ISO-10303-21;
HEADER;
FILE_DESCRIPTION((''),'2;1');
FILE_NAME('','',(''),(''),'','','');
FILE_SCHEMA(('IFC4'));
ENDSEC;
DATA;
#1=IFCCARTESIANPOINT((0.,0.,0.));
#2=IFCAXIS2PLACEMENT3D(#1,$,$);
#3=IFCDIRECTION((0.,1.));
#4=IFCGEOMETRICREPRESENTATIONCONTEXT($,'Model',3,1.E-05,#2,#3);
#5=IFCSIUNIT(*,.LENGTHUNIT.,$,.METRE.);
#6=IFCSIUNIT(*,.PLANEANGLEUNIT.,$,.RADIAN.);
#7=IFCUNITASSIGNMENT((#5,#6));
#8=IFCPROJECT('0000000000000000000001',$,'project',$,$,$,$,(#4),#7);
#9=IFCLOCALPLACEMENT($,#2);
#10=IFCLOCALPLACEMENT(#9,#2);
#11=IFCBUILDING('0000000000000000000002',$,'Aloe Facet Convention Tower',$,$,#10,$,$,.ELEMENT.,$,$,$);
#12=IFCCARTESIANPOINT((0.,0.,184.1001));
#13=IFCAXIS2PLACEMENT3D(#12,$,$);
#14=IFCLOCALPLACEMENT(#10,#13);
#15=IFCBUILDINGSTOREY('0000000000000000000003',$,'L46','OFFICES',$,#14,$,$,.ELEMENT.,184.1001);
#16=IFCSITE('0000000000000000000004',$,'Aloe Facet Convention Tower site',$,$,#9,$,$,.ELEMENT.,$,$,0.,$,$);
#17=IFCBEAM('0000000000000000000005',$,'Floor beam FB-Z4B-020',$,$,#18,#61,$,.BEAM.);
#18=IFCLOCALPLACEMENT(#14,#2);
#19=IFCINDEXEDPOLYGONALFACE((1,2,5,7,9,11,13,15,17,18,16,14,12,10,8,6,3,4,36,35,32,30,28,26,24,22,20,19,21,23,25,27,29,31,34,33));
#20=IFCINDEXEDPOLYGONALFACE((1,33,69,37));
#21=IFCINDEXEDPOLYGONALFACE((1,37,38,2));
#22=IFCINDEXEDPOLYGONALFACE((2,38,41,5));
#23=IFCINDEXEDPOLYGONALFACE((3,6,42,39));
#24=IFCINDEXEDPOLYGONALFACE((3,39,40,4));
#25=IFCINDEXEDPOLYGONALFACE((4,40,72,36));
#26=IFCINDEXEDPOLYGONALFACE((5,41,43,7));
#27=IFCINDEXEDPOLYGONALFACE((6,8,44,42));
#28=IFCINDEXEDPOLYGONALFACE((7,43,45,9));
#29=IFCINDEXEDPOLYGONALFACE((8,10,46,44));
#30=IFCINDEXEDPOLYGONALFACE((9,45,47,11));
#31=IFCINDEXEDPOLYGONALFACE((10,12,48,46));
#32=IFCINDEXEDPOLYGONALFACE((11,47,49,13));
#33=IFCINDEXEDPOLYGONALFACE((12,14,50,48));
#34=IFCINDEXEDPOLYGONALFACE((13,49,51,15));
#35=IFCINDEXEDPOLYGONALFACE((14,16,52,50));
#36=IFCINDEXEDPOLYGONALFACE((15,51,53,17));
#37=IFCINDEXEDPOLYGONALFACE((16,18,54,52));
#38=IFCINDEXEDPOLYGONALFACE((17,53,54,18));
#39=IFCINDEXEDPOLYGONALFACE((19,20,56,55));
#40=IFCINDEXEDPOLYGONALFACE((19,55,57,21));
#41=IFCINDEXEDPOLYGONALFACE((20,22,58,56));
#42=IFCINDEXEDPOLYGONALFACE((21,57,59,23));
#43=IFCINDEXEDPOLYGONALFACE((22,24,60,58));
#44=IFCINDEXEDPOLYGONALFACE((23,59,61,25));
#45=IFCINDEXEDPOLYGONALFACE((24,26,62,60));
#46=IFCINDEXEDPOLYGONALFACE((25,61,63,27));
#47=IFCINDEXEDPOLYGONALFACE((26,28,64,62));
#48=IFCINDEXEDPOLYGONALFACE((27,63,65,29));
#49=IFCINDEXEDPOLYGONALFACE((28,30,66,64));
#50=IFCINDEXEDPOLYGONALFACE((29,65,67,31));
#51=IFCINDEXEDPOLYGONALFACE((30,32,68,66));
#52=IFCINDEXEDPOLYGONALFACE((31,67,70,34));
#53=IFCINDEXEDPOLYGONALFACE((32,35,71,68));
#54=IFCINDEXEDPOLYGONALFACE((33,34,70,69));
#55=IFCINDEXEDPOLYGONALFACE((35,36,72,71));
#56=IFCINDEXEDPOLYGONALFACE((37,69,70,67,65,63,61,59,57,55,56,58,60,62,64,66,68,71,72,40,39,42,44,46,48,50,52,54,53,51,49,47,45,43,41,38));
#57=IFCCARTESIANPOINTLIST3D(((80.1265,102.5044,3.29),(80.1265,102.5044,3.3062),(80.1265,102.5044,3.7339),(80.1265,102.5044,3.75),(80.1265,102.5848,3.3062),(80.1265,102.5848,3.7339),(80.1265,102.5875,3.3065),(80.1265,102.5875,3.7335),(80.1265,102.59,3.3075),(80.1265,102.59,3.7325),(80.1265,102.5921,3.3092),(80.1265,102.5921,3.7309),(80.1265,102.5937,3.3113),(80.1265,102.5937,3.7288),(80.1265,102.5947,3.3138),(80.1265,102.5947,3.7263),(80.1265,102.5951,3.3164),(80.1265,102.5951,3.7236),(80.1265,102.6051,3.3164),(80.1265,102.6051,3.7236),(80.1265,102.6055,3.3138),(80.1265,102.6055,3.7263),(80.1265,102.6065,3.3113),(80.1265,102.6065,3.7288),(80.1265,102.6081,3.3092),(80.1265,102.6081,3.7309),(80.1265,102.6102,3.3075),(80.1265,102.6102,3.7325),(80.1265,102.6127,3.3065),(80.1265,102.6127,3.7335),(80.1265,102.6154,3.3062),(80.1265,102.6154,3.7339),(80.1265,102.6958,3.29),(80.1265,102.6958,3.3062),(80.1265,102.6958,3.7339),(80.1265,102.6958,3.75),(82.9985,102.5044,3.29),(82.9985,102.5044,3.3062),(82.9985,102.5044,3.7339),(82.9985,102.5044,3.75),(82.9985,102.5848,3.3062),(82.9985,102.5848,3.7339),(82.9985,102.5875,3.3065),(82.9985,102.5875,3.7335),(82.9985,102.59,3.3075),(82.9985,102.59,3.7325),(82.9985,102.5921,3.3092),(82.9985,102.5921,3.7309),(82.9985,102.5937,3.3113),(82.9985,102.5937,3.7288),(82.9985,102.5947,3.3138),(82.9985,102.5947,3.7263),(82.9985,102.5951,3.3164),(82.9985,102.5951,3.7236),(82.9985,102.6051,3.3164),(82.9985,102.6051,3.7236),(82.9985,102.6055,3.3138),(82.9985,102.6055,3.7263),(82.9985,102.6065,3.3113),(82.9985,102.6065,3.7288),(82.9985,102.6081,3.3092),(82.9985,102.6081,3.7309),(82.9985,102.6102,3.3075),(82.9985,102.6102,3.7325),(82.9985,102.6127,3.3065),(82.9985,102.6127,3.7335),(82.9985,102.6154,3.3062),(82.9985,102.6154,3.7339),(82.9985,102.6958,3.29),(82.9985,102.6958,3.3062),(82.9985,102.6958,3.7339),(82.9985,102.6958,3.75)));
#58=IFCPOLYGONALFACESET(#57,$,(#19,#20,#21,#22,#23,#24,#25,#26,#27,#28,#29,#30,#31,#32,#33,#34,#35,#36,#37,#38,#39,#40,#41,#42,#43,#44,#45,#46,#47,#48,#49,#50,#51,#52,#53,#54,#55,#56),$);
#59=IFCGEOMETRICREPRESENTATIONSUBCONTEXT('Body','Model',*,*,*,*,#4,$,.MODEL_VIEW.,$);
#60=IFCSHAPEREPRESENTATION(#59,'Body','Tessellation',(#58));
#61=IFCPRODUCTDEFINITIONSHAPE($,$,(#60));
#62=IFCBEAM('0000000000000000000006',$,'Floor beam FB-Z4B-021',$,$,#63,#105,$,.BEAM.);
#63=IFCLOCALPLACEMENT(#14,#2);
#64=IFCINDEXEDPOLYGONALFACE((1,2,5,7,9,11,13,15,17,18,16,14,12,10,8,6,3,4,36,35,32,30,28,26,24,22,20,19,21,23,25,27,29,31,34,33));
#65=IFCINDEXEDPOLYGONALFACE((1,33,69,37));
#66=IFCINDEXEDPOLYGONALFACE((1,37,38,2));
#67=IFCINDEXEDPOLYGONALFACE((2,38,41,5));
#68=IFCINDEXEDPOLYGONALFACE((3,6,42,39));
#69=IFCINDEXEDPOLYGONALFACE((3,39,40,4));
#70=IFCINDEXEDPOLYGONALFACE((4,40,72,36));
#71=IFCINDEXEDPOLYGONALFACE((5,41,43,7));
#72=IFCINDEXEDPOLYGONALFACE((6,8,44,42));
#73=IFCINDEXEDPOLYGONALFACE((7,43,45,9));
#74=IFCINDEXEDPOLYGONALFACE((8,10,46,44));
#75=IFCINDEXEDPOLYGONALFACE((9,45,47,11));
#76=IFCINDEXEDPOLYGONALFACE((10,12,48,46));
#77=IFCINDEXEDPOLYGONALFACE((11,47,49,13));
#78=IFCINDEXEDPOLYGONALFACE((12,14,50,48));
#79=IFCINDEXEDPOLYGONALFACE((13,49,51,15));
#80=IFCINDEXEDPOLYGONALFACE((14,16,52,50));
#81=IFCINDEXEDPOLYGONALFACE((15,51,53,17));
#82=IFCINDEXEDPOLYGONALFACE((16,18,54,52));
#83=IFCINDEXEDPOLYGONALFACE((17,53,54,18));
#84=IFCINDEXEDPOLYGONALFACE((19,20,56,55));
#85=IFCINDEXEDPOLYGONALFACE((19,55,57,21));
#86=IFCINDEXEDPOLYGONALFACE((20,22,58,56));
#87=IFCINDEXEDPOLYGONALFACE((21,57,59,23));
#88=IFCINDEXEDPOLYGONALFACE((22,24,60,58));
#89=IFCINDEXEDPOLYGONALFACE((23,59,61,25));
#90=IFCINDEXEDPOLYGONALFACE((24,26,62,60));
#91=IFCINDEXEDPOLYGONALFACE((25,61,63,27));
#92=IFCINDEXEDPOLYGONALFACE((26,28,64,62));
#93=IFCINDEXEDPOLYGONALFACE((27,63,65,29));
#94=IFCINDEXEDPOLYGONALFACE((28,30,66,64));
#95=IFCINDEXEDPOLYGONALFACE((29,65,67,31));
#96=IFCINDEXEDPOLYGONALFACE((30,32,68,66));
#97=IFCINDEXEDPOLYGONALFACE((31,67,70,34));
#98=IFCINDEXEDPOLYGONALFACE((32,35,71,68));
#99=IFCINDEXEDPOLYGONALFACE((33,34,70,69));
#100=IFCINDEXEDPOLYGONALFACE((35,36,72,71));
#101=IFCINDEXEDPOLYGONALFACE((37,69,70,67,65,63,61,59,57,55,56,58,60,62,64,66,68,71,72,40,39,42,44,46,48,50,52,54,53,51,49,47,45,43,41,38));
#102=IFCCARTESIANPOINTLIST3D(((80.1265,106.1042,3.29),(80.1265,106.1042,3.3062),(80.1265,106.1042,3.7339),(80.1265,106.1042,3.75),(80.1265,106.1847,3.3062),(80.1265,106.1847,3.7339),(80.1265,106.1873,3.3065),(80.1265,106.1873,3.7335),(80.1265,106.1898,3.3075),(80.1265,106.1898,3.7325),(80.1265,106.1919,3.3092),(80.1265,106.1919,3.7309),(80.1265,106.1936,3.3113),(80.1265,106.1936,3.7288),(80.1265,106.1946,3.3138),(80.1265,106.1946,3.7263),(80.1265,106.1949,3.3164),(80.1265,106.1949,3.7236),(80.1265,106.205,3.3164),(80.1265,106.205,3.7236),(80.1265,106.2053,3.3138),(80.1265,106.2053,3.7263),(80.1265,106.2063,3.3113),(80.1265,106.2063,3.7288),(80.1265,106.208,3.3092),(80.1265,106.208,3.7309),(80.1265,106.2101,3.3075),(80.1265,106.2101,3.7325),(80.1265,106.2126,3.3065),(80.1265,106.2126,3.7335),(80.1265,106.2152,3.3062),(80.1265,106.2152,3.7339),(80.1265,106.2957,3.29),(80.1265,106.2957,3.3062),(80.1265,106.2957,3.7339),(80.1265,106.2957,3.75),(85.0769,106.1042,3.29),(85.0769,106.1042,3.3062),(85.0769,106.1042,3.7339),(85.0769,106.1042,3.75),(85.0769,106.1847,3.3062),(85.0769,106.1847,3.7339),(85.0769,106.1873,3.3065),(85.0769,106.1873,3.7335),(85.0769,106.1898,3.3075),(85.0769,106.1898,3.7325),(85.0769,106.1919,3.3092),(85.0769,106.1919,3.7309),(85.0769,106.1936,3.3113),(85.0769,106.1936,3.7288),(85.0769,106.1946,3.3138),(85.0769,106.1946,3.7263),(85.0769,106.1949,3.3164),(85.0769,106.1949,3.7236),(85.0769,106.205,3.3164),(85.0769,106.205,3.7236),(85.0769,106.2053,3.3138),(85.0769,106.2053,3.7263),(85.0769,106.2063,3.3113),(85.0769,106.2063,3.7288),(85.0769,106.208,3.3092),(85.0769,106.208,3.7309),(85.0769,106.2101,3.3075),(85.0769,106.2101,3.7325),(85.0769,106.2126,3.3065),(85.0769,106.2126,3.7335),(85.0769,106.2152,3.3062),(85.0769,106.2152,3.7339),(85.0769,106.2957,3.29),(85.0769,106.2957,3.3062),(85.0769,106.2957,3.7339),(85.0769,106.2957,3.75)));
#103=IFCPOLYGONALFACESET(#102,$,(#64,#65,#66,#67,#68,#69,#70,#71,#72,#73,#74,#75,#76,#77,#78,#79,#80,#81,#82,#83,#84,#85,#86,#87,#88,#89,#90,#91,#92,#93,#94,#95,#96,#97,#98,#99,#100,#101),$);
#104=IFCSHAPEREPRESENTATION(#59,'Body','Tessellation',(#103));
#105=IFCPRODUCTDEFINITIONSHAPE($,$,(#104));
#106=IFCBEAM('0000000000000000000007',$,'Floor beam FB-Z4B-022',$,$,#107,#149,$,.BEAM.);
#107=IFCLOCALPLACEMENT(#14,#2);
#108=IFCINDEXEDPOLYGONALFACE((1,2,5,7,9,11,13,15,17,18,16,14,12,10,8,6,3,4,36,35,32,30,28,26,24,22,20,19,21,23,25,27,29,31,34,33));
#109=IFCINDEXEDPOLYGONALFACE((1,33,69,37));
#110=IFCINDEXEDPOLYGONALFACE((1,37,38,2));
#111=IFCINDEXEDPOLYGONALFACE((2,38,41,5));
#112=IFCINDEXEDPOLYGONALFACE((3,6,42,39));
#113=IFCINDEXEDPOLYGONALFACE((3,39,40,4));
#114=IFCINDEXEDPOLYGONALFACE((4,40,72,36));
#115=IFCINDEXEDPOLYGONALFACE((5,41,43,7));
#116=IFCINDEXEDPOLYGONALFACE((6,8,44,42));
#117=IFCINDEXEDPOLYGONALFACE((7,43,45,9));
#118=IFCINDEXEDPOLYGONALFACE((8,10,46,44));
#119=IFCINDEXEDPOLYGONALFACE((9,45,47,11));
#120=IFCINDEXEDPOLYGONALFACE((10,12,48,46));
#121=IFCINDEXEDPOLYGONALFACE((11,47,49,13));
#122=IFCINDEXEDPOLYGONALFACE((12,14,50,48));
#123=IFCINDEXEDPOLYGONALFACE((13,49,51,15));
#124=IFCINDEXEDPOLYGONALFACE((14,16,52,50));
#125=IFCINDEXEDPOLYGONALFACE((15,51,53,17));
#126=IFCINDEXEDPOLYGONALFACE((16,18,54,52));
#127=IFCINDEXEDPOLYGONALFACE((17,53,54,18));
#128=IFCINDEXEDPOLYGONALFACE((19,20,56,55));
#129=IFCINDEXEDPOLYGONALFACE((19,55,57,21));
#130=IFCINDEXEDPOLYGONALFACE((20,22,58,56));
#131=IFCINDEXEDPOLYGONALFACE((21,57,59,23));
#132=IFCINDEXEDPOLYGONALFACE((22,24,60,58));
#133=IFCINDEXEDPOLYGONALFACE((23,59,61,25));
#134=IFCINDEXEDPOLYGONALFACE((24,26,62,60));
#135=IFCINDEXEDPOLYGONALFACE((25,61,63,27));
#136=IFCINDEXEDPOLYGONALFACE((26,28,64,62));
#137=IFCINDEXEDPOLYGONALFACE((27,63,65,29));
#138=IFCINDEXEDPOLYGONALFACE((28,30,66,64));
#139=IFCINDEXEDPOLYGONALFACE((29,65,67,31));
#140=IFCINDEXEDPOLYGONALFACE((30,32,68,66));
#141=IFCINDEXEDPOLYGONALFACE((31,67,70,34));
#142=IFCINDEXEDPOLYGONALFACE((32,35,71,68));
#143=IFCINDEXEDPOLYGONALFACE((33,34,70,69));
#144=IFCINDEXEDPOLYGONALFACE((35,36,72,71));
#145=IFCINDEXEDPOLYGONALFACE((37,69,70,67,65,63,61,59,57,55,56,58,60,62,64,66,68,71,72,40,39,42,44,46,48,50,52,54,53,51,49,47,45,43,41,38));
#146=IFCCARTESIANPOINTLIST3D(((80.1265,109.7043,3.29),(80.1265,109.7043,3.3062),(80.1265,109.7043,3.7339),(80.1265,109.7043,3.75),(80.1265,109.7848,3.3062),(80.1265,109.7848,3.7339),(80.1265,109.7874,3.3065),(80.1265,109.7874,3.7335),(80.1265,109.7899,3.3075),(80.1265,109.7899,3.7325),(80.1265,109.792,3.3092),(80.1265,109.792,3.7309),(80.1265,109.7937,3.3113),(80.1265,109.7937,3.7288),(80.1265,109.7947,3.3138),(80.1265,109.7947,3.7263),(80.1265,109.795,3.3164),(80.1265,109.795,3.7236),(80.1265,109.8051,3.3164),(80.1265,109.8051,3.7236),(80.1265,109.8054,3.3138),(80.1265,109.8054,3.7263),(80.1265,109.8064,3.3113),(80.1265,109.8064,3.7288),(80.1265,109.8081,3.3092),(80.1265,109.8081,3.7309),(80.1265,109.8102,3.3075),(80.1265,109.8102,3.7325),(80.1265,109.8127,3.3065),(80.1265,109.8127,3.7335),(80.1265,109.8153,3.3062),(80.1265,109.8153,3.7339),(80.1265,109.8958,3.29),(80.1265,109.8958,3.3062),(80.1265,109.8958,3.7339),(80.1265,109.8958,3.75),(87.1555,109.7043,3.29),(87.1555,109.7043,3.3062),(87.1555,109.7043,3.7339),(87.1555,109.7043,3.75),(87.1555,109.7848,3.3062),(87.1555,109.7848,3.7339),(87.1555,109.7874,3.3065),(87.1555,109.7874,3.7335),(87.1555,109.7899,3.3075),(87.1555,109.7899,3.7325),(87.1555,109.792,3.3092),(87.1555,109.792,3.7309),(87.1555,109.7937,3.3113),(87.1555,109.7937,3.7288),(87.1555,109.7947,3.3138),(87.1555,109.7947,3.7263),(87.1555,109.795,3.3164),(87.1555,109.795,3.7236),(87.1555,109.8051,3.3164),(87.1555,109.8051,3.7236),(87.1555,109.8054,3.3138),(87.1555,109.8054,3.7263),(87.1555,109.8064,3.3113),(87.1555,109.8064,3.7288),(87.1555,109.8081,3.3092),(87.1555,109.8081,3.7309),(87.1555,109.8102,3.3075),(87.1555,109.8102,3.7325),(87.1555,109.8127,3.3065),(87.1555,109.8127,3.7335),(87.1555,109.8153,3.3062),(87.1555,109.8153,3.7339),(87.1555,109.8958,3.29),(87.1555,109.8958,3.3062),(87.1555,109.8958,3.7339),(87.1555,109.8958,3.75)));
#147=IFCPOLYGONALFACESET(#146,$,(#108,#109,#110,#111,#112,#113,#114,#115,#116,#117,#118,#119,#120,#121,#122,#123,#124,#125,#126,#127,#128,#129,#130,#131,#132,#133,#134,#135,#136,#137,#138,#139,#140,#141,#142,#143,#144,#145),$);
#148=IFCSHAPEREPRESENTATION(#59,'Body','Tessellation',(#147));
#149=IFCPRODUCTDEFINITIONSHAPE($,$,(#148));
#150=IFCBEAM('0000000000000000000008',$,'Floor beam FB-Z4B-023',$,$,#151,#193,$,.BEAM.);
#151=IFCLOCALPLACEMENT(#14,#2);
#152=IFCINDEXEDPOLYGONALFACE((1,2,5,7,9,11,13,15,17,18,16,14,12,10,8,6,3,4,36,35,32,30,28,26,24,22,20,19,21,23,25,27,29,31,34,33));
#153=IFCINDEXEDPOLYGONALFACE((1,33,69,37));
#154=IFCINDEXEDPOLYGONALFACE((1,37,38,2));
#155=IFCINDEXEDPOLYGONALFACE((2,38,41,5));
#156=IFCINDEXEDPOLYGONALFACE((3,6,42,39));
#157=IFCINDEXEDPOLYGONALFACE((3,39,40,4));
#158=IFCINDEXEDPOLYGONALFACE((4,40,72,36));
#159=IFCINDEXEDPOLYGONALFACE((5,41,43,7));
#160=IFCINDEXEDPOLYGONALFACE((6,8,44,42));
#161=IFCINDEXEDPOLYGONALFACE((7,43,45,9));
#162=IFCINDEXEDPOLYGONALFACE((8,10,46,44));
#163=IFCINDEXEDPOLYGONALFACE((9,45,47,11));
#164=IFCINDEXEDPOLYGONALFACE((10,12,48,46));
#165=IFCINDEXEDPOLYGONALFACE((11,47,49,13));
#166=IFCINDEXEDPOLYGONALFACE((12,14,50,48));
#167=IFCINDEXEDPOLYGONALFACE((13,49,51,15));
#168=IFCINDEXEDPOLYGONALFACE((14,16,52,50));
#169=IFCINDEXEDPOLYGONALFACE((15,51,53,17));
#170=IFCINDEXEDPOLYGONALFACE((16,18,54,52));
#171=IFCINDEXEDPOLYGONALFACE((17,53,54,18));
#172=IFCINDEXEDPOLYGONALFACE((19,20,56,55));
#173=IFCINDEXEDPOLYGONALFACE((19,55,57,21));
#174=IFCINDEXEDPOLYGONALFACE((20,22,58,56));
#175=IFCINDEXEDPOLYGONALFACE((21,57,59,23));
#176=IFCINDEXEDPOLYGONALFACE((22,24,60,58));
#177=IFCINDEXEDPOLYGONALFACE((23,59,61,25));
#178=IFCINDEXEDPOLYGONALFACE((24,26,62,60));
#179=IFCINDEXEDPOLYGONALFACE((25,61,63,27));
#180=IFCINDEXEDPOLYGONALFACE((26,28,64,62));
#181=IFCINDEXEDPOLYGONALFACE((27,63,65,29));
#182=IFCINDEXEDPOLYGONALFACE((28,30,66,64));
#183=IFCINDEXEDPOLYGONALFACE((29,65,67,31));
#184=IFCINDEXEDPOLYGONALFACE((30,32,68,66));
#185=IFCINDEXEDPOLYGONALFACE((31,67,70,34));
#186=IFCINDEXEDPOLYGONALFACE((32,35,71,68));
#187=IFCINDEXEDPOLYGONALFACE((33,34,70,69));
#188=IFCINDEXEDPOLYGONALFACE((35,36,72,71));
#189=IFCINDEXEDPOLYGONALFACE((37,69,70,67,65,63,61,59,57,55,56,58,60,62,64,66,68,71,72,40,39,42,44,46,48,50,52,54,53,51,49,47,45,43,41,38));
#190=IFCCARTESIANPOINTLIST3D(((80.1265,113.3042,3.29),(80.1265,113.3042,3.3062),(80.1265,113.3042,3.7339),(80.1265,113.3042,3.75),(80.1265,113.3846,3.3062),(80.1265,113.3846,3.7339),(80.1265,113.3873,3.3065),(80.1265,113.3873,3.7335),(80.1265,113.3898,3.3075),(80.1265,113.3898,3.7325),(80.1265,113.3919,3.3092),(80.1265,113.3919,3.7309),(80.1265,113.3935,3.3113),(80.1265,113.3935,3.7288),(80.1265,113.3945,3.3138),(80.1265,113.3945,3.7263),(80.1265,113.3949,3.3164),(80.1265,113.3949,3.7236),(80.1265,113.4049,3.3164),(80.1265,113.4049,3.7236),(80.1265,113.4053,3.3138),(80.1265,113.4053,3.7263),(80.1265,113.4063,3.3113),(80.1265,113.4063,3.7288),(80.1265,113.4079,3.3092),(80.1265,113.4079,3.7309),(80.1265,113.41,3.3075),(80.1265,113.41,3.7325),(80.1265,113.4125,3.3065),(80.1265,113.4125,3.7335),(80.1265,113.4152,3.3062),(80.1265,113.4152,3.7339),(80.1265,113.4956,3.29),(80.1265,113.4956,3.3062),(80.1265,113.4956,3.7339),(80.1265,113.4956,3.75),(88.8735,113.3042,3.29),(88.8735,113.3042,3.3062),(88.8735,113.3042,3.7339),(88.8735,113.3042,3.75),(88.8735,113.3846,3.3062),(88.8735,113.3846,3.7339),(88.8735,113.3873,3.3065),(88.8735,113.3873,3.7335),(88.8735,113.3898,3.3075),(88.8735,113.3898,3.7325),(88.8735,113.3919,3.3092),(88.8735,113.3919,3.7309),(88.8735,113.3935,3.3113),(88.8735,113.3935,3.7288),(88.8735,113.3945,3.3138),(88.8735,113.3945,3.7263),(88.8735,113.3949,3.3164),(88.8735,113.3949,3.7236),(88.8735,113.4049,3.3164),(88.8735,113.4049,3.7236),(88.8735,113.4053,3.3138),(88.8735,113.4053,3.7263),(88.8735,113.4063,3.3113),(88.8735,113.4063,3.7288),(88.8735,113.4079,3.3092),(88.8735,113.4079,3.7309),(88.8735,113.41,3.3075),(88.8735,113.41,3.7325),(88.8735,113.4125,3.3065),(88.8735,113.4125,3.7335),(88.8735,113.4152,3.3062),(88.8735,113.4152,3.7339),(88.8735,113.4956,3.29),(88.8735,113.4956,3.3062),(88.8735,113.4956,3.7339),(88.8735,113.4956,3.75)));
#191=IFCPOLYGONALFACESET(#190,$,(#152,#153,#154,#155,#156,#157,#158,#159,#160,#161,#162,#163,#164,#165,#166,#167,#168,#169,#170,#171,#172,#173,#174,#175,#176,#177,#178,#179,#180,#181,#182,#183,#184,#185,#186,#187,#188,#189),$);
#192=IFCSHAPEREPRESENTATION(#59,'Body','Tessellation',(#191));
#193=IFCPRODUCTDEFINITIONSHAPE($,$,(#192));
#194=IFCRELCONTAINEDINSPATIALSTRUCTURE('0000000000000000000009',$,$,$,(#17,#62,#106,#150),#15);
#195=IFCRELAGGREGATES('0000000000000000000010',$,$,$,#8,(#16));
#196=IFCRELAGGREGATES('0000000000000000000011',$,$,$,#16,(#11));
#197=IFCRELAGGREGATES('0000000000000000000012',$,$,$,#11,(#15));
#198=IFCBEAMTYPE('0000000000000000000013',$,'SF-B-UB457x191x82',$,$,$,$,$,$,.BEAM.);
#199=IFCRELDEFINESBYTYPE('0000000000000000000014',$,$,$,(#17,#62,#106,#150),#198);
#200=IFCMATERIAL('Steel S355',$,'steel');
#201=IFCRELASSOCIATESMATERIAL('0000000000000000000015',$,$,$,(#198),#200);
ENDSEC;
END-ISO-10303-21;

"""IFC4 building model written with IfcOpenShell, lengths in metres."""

from ifc_helpers import new_model, si_unit, direction, frame, origin, origin_2d, place, context, subcontext, project, spatial, i_section, extrude, material, material_profile, profile_set, type_object, element, save


model = new_model("IFC4")

# Units and contexts
model_context = context("Model", 3, precision=1e-05, world=origin(), true_north=direction((0.0, 1.0)))
body_context = subcontext(model_context, "Body", "Model", "MODEL_VIEW")
ifc_project = project(units=[si_unit("LENGTHUNIT", "METRE"), si_unit("PLANEANGLEUNIT", "RADIAN")], contexts=[model_context])

# Site, building, storey
site_placement = place(None, origin())
site = spatial("IfcSite", under=ifc_project, at=site_placement, Name="Aloe Facet Convention Tower site", CompositionType="ELEMENT", RefElevation=0.0)
building_placement = place(site_placement, origin())
building = spatial("IfcBuilding", under=site, at=building_placement, Name="Aloe Facet Convention Tower", CompositionType="ELEMENT")
storey_placement = place(building_placement, frame((0.0, 0.0, 184.1001)))
storey = spatial("IfcBuildingStorey", under=building, at=storey_placement, Name="L46", Description="OFFICES", CompositionType="ELEMENT", Elevation=184.1001)

# Beams
ifc_material_1 = material(Name="Steel S355", Category="steel")
ifc_material_profile_1 = material_profile(ifc_material_1, i_section(OverallWidth=0.1914, OverallDepth=0.46, WebThickness=0.01, FlangeThickness=0.0161, FilletRadius=0.0103, at=origin_2d()), Name="UB 457x191x82")
ifc_profile_set_1 = profile_set([ifc_material_profile_1], Name="Steel S355")
beam_type_1 = type_object("IfcBeamType", Name="SF-B-UB457x191x82", PredefinedType="BEAM", material=ifc_profile_set_1)
beam_1_placement = place(storey_placement, frame((80.1265, 102.6001, 3.52), z_axis=(1.0, 0.0, 0.0), x_axis=(0.0, 1.0, 0.0)))
element("IfcBeam", 1, at=beam_1_placement, inside=storey, type_object=beam_type_1, Name="Floor beam FB-Z4B-020", PredefinedType="BEAM", context=body_context, shape_type="SweptSolid", body=[
    extrude(i_section(OverallWidth=0.1914, OverallDepth=0.46, WebThickness=0.01, FlangeThickness=0.0161, FilletRadius=0.0103, at=origin_2d()), origin(), (0.0, 0.0, 1.0), 2.8721),
])
beam_2_placement = place(storey_placement, frame((80.1265, 106.2, 3.52), z_axis=(1.0, 0.0, 0.0), x_axis=(0.0, 1.0, 0.0)))
element("IfcBeam", 2, at=beam_2_placement, inside=storey, type_object=beam_type_1, Name="Floor beam FB-Z4B-021", PredefinedType="BEAM", context=body_context, shape_type="SweptSolid", body=[
    extrude(i_section(OverallWidth=0.1914, OverallDepth=0.46, WebThickness=0.01, FlangeThickness=0.0161, FilletRadius=0.0103, at=origin_2d()), origin(), (0.0, 0.0, 1.0), 4.9504),
])
beam_3_placement = place(storey_placement, frame((80.1265, 109.8, 3.52), z_axis=(1.0, 0.0, 0.0), x_axis=(0.0, 1.0, 0.0)))
element("IfcBeam", 3, at=beam_3_placement, inside=storey, type_object=beam_type_1, Name="Floor beam FB-Z4B-022", PredefinedType="BEAM", context=body_context, shape_type="SweptSolid", body=[
    extrude(i_section(OverallWidth=0.1914, OverallDepth=0.46, WebThickness=0.01, FlangeThickness=0.0161, FilletRadius=0.0103, at=origin_2d()), origin(), (0.0, 0.0, 1.0), 7.0291),
])
beam_4_placement = place(storey_placement, frame((80.1265, 113.3999, 3.52), z_axis=(1.0, 0.0, 0.0), x_axis=(0.0, 1.0, 0.0)))
element("IfcBeam", 4, at=beam_4_placement, inside=storey, type_object=beam_type_1, Name="Floor beam FB-Z4B-023", PredefinedType="BEAM", context=body_context, shape_type="SweptSolid", body=[
    extrude(i_section(OverallWidth=0.1914, OverallDepth=0.46, WebThickness=0.01, FlangeThickness=0.0161, FilletRadius=0.0103, at=origin_2d()), origin(), (0.0, 0.0, 1.0), 8.7471),
])

save(model, "model.ifc")
